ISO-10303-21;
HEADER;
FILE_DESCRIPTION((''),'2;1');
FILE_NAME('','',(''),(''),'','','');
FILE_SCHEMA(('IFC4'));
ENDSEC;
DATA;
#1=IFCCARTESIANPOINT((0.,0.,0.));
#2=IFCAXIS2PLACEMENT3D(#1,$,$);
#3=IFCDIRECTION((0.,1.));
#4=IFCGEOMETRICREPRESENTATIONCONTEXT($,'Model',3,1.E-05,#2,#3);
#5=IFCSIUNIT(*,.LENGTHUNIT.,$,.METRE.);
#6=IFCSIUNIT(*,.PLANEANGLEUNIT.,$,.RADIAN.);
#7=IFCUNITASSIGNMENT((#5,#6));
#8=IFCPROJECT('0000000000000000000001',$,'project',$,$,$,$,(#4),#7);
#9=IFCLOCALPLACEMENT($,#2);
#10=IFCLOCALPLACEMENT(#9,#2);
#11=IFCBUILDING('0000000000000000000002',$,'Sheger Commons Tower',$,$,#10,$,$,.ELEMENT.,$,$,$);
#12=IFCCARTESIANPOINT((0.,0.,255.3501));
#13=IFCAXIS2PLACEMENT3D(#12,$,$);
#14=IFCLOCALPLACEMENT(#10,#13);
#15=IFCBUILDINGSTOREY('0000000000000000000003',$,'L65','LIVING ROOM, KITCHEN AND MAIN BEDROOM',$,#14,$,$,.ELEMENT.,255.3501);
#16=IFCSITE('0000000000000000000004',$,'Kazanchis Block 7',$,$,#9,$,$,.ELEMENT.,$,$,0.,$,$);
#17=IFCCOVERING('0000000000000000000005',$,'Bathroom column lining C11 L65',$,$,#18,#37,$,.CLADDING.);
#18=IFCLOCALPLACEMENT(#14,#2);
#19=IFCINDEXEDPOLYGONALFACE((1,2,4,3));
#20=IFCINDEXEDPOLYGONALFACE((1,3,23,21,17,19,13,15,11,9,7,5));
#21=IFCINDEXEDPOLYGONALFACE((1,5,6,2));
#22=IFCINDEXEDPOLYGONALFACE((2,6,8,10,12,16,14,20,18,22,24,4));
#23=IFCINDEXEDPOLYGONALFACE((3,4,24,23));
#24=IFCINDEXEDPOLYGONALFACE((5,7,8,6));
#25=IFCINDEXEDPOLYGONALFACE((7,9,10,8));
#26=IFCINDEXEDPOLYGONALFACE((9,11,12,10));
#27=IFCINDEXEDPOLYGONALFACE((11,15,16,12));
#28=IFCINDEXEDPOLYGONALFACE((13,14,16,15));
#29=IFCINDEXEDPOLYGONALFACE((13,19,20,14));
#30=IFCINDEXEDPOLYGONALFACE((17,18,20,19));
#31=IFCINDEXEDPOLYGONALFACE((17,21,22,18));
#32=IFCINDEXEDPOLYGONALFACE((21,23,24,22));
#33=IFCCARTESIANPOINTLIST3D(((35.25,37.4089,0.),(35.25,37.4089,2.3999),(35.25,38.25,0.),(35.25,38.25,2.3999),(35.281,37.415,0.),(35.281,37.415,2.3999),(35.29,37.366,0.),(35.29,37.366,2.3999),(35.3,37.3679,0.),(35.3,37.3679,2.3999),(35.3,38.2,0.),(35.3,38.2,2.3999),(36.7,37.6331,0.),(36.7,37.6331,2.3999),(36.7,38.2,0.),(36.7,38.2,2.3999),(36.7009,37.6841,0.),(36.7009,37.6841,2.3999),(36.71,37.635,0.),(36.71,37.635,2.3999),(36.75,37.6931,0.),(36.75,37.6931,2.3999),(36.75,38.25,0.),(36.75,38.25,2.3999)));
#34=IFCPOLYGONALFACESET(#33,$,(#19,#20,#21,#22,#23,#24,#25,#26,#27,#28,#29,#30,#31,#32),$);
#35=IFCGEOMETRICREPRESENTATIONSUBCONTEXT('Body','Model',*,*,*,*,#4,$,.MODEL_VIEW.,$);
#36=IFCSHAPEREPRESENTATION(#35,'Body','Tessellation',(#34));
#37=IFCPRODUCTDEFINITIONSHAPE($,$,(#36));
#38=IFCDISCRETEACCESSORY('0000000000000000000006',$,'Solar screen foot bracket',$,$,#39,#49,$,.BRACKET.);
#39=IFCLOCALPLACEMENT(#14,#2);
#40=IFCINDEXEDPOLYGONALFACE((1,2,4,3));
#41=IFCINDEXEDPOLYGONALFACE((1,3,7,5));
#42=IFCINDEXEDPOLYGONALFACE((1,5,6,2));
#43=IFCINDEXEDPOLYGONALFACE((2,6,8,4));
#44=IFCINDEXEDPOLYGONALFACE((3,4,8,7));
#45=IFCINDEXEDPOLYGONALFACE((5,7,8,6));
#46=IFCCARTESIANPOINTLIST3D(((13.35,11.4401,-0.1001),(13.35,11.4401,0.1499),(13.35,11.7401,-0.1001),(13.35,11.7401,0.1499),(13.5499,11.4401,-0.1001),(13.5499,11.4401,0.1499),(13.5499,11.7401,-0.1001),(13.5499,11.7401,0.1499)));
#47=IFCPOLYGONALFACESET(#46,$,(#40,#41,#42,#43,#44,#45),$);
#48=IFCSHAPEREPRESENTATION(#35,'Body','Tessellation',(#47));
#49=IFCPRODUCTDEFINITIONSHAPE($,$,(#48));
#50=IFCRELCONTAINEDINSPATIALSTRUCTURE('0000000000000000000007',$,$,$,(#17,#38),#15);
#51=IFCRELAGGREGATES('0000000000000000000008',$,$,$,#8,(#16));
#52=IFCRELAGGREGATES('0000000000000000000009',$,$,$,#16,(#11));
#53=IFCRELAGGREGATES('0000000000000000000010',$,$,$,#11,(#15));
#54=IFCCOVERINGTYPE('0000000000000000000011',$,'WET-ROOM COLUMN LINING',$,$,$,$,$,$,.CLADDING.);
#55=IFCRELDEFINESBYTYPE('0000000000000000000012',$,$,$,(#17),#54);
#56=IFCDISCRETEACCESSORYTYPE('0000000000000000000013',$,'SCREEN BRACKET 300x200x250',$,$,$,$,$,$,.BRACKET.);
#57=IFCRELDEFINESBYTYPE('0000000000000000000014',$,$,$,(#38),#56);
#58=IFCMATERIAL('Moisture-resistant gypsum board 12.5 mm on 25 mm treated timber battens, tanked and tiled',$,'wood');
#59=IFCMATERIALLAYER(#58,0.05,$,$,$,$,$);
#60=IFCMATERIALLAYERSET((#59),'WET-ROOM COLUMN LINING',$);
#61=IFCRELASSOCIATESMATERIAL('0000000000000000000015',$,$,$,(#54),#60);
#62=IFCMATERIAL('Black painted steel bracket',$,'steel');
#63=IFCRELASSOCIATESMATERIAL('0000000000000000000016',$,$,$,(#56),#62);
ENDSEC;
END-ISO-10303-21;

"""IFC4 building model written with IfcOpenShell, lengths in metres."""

from ifc_helpers import new_model, si_unit, direction, frame, origin, origin_2d, place, context, subcontext, project, spatial, polyline, rectangle, outline, extrude, material, layer, layer_set, type_object, element, save


model = new_model("IFC4")

# Units and contexts
model_context = context("Model", 3, precision=1e-05, world=origin(), true_north=direction((0.0, 1.0)))
body_context = subcontext(model_context, "Body", "Model", "MODEL_VIEW")
ifc_project = project(units=[si_unit("LENGTHUNIT", "METRE"), si_unit("PLANEANGLEUNIT", "RADIAN")], contexts=[model_context])

# Site, building, storey
site_placement = place(None, origin())
site = spatial("IfcSite", under=ifc_project, at=site_placement, Name="Kazanchis Block 7", CompositionType="ELEMENT", RefElevation=0.0)
building_placement = place(site_placement, origin())
building = spatial("IfcBuilding", under=site, at=building_placement, Name="Sheger Commons Tower", CompositionType="ELEMENT")
storey_placement = place(building_placement, frame((0.0, 0.0, 255.3501)))
storey = spatial("IfcBuildingStorey", under=building, at=storey_placement, Name="L65", Description="LIVING ROOM, KITCHEN AND MAIN BEDROOM", CompositionType="ELEMENT", Elevation=255.3501)

# Covering
ifc_material_1 = material(Name="Moisture-resistant gypsum board 12.5 mm on 25 mm treated timber battens, tanked and tiled", Category="wood")
ifc_layer_1 = layer(ifc_material_1, 0.05)
ifc_layer_set_1 = layer_set([ifc_layer_1], Name="WET-ROOM COLUMN LINING")
covering_type_1 = type_object("IfcCoveringType", Name="WET-ROOM COLUMN LINING", PredefinedType="CLADDING", material=ifc_layer_set_1)
covering_1_placement = place(storey_placement, origin())
element("IfcCovering", 1, at=covering_1_placement, inside=storey, type_object=covering_type_1, Name="Bathroom column lining C11 L65", PredefinedType="CLADDING", context=body_context, shape_type="SweptSolid", body=[
    extrude(outline(polyline([(36.75, 38.25), (36.75, 37.6931), (36.7009, 37.6841), (36.71, 37.635), (36.7, 37.6331), (36.7, 38.2), (35.3, 38.2), (35.3, 37.3679), (35.29, 37.366), (35.281, 37.415), (35.25, 37.4089), (35.25, 38.25), (36.75, 38.25)])), origin(), (0.0, 0.0, 1.0), 2.3999),
])

# Discrete accessory
ifc_material_2 = material(Name="Black painted steel bracket", Category="steel")
discrete_accessory_type = type_object("IfcDiscreteAccessoryType", Name="SCREEN BRACKET 300x200x250", PredefinedType="BRACKET", material=ifc_material_2)
discrete_accessory_placement = place(storey_placement, frame((13.45, 11.5901, -0.1001), z_axis=(0.0, 0.0, 1.0), x_axis=(0.0, -1.0, 0.0)))
element("IfcDiscreteAccessory", 2, at=discrete_accessory_placement, inside=storey, type_object=discrete_accessory_type, Name="Solar screen foot bracket", PredefinedType="BRACKET", context=body_context, shape_type="SweptSolid", body=[
    extrude(rectangle(XDim=0.3, YDim=0.2, at=origin_2d()), origin(), (0.0, 0.0, 1.0), 0.25),
])

save(model, "model.ifc")
